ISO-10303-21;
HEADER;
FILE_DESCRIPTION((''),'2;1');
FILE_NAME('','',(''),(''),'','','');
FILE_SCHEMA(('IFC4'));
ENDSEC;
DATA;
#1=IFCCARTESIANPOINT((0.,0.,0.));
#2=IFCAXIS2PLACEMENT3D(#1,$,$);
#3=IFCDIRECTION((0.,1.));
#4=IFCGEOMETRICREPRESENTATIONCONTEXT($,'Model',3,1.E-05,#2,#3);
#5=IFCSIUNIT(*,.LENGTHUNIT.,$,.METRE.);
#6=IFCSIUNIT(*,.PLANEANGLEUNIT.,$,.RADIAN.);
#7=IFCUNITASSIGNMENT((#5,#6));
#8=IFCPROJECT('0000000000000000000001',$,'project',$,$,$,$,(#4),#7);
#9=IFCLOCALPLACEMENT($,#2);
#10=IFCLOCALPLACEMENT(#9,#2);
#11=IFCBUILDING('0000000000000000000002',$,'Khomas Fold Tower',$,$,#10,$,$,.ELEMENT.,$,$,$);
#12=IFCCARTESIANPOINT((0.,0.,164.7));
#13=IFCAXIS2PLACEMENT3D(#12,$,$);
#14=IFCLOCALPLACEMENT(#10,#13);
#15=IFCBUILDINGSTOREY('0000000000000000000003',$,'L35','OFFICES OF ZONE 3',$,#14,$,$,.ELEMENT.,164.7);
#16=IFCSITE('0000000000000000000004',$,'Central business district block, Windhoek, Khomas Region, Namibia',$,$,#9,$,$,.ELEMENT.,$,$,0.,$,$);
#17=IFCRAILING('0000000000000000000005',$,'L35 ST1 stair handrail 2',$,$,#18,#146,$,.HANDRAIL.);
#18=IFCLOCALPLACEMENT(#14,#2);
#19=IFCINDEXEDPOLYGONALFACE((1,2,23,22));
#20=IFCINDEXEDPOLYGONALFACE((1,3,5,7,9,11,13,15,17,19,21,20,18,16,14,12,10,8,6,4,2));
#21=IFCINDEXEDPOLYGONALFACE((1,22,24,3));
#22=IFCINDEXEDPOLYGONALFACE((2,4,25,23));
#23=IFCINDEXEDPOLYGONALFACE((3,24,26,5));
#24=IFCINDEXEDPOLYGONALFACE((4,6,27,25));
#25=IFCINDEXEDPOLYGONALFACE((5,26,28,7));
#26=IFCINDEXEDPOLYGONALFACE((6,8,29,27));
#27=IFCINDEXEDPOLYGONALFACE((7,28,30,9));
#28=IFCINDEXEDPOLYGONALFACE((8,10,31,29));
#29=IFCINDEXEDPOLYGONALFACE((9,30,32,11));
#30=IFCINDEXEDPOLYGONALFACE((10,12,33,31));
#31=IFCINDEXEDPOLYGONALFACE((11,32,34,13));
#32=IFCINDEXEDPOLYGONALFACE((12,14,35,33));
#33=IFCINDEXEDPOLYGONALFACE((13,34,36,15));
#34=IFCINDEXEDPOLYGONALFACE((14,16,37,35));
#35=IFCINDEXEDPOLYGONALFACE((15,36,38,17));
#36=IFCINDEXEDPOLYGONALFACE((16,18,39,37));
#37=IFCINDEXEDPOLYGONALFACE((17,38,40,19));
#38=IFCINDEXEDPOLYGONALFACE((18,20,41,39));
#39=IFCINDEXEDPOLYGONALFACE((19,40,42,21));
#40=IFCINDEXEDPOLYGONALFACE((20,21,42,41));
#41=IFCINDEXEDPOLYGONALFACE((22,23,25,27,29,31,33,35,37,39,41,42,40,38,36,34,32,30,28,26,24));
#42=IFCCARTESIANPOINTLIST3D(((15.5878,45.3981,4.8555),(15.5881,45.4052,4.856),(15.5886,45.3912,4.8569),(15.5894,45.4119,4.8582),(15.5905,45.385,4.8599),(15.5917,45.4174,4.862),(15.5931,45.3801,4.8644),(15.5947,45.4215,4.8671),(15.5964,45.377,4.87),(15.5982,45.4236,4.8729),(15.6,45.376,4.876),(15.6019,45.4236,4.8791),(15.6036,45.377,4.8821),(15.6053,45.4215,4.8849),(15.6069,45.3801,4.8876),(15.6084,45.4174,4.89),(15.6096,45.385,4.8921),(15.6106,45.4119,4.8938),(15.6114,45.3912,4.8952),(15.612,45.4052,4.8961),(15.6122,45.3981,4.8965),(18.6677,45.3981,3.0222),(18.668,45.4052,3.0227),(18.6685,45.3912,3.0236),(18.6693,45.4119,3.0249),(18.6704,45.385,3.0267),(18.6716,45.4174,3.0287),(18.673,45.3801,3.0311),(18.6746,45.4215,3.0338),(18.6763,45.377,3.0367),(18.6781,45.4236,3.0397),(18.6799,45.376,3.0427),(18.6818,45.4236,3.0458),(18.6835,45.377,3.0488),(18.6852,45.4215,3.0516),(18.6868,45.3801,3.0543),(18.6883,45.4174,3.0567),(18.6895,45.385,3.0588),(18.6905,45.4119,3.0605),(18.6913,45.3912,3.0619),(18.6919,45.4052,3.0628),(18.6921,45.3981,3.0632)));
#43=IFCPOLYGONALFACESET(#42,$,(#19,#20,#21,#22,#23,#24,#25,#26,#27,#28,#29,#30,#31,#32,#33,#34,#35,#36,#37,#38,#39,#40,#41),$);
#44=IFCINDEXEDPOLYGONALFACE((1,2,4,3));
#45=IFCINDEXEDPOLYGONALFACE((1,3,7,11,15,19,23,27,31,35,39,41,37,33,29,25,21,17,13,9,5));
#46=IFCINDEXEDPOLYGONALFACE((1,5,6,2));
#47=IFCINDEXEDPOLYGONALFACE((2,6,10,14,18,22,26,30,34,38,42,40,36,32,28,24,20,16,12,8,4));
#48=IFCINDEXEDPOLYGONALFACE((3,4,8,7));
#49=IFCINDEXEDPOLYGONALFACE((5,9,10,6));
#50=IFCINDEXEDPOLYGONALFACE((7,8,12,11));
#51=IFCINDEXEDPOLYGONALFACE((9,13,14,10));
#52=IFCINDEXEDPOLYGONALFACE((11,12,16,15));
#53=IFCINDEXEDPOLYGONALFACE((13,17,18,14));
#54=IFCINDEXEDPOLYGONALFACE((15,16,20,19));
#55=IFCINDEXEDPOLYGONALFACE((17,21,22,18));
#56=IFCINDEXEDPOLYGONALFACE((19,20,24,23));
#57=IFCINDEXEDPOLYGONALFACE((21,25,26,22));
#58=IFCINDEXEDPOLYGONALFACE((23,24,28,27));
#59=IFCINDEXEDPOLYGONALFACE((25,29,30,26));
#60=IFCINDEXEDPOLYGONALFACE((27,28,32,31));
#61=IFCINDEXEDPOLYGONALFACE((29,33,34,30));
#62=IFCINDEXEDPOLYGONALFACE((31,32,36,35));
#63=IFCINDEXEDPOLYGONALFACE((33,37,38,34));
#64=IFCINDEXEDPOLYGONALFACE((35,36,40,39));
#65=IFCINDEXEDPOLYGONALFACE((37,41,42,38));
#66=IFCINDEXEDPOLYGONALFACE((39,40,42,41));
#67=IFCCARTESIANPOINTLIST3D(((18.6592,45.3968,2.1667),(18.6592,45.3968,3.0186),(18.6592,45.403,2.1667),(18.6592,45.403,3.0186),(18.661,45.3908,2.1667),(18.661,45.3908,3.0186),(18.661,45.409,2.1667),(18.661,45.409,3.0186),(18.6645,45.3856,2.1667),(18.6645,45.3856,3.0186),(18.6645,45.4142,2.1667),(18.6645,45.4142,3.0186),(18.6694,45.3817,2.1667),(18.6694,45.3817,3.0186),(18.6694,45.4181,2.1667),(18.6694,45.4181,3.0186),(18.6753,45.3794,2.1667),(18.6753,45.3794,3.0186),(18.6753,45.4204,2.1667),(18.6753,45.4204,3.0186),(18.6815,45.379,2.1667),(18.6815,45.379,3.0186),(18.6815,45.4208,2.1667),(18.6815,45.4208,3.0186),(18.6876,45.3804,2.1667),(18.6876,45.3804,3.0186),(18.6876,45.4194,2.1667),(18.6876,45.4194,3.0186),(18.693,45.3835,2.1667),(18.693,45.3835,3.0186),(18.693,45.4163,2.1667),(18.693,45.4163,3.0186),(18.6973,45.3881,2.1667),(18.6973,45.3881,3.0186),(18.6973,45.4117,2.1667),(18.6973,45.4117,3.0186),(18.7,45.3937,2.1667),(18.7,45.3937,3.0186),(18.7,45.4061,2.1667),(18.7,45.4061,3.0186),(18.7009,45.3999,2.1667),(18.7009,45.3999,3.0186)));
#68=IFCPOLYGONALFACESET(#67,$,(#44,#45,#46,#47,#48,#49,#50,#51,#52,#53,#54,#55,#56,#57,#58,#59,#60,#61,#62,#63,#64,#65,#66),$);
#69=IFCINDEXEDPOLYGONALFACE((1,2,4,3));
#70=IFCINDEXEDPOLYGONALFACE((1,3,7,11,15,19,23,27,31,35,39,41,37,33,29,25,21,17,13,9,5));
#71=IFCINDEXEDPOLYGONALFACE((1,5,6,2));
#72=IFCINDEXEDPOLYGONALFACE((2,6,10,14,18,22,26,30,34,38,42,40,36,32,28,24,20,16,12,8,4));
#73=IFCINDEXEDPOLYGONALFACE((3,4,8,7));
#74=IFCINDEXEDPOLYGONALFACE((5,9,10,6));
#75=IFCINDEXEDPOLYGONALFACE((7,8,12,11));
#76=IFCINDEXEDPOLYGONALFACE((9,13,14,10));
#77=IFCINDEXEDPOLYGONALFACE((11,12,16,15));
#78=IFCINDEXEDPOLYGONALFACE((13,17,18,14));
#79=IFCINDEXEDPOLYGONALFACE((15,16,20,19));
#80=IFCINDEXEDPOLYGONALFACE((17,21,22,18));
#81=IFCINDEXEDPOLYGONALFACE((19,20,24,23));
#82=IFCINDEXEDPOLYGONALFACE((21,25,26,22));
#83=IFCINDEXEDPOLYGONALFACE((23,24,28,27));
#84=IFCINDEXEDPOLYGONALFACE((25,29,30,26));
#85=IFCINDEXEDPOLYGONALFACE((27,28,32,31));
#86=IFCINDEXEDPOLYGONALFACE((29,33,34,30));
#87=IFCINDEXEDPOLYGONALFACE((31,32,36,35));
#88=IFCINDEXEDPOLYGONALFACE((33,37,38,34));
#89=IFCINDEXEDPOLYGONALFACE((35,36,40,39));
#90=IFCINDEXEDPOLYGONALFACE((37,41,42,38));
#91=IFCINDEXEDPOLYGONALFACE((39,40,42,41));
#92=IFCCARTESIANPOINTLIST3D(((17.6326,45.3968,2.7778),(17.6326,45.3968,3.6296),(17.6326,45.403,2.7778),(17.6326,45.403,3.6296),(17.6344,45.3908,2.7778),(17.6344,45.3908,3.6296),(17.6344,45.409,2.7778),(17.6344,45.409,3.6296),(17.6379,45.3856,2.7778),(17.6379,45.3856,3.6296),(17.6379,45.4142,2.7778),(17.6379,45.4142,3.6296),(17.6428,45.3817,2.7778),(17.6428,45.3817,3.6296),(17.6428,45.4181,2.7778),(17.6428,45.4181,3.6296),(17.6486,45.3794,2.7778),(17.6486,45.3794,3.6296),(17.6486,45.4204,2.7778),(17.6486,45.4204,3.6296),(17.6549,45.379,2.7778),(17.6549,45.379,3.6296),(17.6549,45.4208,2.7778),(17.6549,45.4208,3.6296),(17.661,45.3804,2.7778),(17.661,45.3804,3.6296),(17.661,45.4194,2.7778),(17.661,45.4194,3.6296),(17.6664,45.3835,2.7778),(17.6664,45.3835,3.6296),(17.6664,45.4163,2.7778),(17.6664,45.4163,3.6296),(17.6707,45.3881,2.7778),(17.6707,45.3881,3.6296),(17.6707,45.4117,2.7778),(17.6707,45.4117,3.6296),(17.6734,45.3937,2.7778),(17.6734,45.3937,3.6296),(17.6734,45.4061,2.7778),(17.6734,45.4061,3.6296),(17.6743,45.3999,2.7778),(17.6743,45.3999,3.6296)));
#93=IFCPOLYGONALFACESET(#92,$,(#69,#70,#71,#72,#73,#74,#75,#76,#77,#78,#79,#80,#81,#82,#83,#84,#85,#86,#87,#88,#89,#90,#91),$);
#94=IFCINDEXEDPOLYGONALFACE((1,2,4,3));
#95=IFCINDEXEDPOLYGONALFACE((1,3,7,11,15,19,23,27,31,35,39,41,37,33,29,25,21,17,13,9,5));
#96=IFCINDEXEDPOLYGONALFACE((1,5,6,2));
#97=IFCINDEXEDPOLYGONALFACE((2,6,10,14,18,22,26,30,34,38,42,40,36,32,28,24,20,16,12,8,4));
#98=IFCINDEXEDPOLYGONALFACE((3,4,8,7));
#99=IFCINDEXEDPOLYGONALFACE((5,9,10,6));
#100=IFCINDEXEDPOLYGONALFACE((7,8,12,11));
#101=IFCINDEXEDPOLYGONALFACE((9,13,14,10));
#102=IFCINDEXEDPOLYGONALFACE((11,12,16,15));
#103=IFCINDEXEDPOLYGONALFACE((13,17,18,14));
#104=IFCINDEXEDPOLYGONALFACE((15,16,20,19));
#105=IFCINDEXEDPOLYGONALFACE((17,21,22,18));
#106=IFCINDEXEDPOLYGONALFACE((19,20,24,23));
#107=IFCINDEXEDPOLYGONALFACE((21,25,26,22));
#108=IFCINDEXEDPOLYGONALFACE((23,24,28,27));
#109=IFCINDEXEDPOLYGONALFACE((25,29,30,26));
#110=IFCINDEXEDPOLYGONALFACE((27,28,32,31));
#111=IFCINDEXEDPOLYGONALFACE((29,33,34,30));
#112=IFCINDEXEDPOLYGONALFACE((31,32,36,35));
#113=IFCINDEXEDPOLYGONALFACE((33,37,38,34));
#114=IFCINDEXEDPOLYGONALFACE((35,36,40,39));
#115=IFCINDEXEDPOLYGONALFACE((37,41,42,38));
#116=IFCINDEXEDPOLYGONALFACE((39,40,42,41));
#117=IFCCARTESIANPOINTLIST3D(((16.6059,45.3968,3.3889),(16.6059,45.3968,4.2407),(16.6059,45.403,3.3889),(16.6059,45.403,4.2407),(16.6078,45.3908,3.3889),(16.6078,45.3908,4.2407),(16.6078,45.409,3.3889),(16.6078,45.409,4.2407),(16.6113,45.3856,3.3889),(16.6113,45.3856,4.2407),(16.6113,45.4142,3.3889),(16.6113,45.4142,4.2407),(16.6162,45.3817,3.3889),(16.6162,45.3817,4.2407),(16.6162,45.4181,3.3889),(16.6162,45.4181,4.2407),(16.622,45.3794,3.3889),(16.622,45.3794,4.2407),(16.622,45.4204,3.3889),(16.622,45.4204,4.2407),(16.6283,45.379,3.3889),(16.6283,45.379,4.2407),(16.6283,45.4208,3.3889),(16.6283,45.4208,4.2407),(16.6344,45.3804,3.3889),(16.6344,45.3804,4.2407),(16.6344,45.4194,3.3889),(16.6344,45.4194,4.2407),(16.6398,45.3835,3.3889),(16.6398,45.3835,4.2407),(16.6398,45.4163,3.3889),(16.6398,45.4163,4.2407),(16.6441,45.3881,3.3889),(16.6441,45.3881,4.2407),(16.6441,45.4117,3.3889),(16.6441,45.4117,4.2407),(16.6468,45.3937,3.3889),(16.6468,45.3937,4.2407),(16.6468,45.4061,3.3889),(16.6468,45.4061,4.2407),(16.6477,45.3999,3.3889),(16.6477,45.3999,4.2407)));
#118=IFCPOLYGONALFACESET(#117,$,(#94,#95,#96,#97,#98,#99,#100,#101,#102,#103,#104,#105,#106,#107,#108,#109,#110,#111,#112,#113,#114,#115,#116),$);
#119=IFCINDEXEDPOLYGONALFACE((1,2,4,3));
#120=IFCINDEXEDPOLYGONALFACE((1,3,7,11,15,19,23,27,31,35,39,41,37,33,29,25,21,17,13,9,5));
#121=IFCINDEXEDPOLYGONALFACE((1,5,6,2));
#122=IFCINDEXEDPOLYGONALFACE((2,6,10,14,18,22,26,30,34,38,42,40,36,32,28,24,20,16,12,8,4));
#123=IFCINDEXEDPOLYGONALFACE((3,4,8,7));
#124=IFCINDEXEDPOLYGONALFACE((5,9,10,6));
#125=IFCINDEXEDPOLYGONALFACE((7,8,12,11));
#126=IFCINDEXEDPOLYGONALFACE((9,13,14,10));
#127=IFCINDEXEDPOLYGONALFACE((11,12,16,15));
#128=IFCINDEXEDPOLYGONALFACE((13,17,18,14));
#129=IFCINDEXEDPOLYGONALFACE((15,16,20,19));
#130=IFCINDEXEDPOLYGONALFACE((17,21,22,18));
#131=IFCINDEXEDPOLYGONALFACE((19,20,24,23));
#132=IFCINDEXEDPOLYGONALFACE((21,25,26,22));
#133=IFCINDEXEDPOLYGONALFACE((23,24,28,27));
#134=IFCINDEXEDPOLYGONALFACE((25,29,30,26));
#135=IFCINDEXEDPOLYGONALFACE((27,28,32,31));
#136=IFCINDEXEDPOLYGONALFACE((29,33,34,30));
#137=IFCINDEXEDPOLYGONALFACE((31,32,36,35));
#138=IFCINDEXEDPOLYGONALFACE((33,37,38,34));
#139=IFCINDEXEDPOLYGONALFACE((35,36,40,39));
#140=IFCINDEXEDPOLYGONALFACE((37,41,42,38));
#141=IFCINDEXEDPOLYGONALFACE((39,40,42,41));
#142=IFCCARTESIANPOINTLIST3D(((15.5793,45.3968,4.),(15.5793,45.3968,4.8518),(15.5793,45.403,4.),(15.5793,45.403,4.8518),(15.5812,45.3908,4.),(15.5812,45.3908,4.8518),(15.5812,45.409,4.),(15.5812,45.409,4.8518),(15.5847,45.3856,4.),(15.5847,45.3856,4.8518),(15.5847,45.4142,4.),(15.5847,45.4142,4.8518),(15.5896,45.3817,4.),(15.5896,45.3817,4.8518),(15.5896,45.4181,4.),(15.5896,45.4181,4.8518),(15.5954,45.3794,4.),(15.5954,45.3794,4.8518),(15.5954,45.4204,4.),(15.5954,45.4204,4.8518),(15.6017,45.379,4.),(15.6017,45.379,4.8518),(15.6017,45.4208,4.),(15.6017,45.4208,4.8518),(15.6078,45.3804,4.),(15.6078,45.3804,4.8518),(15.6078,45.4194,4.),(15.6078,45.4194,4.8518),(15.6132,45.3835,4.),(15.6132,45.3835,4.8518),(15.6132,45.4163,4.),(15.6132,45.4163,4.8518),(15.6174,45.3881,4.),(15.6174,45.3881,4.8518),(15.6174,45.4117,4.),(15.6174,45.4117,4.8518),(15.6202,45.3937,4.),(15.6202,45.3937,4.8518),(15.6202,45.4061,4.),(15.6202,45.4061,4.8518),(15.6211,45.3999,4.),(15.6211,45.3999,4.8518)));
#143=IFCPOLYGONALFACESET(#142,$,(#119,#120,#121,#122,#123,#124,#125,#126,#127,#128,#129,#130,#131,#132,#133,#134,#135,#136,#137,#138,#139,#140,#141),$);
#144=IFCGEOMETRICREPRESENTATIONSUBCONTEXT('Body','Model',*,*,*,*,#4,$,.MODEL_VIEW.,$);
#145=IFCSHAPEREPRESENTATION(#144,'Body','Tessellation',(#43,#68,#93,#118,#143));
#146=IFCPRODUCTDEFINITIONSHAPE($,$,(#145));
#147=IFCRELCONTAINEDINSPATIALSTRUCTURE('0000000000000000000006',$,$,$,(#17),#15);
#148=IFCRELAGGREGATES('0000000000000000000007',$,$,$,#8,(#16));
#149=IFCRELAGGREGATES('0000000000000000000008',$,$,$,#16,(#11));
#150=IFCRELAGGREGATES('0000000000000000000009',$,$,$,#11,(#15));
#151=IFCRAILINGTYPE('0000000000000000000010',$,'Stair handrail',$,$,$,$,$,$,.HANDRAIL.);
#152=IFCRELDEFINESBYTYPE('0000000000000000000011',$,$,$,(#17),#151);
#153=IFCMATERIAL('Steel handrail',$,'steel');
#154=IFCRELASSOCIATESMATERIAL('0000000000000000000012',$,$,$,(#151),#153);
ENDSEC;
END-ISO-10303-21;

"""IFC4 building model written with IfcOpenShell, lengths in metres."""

from ifc_helpers import new_model, si_unit, direction, frame, origin, origin_2d, place, context, subcontext, project, spatial, circle, extrude, source, transform, mapped, material, type_object, element, save


model = new_model("IFC4")

# Units and contexts
model_context = context("Model", 3, precision=1e-05, world=origin(), true_north=direction((0.0, 1.0)))
body_context = subcontext(model_context, "Body", "Model", "MODEL_VIEW")
ifc_project = project(units=[si_unit("LENGTHUNIT", "METRE"), si_unit("PLANEANGLEUNIT", "RADIAN")], contexts=[model_context])

# Site, building, storey
site_placement = place(None, origin())
site = spatial("IfcSite", under=ifc_project, at=site_placement, Name="Central business district block, Windhoek, Khomas Region, Namibia", CompositionType="ELEMENT", RefElevation=0.0)
building_placement = place(site_placement, origin())
building = spatial("IfcBuilding", under=site, at=building_placement, Name="Khomas Fold Tower", CompositionType="ELEMENT")
storey_placement = place(building_placement, frame((0.0, 0.0, 164.7)))
storey = spatial("IfcBuildingStorey", under=building, at=storey_placement, Name="L35", Description="OFFICES OF ZONE 3", CompositionType="ELEMENT", Elevation=164.7)

# Railing
ifc_material_1 = material(Name="Steel handrail", Category="steel")
railing_type_1 = type_object("IfcRailingType", Name="Stair handrail", PredefinedType="HANDRAIL", material=ifc_material_1)
shared_shape_1 = source(origin(), body_context, "Body", "SweptSolid", [
    extrude(circle(Radius=0.0239, at=origin_2d()), frame((0.0, 0.0, 0.876), z_axis=(-0.859291, 0.0, 0.511487), x_axis=(0.0, -1.0, 0.0)), (0.0, 0.0, 1.0), 3.5842),
    extrude(circle(Radius=0.021, at=origin_2d()), origin(), (0.0, 0.0, 1.0), 0.8518),
    extrude(circle(Radius=0.021, at=origin_2d()), frame((-1.0266, 0.0, 0.6111)), (0.0, 0.0, 1.0), 0.8518),
    extrude(circle(Radius=0.021, at=origin_2d()), frame((-2.0532, 0.0, 1.2222)), (0.0, 0.0, 1.0), 0.8518),
    extrude(circle(Radius=0.021, at=origin_2d()), frame((-3.0798, 0.0, 1.8333)), (0.0, 0.0, 1.0), 0.8518),
])
railing_1_placement = place(storey_placement, frame((18.6799, 45.3999, 2.1667)))
element("IfcRailing", 1, at=railing_1_placement, inside=storey, type_object=railing_type_1, Name="L35 ST1 stair handrail 2", PredefinedType="HANDRAIL", context=body_context, shape_type="MappedRepresentation", body=[
    mapped(shared_shape_1, transform((0.0, 0.0, 0.0))),
])

save(model, "model.ifc")
